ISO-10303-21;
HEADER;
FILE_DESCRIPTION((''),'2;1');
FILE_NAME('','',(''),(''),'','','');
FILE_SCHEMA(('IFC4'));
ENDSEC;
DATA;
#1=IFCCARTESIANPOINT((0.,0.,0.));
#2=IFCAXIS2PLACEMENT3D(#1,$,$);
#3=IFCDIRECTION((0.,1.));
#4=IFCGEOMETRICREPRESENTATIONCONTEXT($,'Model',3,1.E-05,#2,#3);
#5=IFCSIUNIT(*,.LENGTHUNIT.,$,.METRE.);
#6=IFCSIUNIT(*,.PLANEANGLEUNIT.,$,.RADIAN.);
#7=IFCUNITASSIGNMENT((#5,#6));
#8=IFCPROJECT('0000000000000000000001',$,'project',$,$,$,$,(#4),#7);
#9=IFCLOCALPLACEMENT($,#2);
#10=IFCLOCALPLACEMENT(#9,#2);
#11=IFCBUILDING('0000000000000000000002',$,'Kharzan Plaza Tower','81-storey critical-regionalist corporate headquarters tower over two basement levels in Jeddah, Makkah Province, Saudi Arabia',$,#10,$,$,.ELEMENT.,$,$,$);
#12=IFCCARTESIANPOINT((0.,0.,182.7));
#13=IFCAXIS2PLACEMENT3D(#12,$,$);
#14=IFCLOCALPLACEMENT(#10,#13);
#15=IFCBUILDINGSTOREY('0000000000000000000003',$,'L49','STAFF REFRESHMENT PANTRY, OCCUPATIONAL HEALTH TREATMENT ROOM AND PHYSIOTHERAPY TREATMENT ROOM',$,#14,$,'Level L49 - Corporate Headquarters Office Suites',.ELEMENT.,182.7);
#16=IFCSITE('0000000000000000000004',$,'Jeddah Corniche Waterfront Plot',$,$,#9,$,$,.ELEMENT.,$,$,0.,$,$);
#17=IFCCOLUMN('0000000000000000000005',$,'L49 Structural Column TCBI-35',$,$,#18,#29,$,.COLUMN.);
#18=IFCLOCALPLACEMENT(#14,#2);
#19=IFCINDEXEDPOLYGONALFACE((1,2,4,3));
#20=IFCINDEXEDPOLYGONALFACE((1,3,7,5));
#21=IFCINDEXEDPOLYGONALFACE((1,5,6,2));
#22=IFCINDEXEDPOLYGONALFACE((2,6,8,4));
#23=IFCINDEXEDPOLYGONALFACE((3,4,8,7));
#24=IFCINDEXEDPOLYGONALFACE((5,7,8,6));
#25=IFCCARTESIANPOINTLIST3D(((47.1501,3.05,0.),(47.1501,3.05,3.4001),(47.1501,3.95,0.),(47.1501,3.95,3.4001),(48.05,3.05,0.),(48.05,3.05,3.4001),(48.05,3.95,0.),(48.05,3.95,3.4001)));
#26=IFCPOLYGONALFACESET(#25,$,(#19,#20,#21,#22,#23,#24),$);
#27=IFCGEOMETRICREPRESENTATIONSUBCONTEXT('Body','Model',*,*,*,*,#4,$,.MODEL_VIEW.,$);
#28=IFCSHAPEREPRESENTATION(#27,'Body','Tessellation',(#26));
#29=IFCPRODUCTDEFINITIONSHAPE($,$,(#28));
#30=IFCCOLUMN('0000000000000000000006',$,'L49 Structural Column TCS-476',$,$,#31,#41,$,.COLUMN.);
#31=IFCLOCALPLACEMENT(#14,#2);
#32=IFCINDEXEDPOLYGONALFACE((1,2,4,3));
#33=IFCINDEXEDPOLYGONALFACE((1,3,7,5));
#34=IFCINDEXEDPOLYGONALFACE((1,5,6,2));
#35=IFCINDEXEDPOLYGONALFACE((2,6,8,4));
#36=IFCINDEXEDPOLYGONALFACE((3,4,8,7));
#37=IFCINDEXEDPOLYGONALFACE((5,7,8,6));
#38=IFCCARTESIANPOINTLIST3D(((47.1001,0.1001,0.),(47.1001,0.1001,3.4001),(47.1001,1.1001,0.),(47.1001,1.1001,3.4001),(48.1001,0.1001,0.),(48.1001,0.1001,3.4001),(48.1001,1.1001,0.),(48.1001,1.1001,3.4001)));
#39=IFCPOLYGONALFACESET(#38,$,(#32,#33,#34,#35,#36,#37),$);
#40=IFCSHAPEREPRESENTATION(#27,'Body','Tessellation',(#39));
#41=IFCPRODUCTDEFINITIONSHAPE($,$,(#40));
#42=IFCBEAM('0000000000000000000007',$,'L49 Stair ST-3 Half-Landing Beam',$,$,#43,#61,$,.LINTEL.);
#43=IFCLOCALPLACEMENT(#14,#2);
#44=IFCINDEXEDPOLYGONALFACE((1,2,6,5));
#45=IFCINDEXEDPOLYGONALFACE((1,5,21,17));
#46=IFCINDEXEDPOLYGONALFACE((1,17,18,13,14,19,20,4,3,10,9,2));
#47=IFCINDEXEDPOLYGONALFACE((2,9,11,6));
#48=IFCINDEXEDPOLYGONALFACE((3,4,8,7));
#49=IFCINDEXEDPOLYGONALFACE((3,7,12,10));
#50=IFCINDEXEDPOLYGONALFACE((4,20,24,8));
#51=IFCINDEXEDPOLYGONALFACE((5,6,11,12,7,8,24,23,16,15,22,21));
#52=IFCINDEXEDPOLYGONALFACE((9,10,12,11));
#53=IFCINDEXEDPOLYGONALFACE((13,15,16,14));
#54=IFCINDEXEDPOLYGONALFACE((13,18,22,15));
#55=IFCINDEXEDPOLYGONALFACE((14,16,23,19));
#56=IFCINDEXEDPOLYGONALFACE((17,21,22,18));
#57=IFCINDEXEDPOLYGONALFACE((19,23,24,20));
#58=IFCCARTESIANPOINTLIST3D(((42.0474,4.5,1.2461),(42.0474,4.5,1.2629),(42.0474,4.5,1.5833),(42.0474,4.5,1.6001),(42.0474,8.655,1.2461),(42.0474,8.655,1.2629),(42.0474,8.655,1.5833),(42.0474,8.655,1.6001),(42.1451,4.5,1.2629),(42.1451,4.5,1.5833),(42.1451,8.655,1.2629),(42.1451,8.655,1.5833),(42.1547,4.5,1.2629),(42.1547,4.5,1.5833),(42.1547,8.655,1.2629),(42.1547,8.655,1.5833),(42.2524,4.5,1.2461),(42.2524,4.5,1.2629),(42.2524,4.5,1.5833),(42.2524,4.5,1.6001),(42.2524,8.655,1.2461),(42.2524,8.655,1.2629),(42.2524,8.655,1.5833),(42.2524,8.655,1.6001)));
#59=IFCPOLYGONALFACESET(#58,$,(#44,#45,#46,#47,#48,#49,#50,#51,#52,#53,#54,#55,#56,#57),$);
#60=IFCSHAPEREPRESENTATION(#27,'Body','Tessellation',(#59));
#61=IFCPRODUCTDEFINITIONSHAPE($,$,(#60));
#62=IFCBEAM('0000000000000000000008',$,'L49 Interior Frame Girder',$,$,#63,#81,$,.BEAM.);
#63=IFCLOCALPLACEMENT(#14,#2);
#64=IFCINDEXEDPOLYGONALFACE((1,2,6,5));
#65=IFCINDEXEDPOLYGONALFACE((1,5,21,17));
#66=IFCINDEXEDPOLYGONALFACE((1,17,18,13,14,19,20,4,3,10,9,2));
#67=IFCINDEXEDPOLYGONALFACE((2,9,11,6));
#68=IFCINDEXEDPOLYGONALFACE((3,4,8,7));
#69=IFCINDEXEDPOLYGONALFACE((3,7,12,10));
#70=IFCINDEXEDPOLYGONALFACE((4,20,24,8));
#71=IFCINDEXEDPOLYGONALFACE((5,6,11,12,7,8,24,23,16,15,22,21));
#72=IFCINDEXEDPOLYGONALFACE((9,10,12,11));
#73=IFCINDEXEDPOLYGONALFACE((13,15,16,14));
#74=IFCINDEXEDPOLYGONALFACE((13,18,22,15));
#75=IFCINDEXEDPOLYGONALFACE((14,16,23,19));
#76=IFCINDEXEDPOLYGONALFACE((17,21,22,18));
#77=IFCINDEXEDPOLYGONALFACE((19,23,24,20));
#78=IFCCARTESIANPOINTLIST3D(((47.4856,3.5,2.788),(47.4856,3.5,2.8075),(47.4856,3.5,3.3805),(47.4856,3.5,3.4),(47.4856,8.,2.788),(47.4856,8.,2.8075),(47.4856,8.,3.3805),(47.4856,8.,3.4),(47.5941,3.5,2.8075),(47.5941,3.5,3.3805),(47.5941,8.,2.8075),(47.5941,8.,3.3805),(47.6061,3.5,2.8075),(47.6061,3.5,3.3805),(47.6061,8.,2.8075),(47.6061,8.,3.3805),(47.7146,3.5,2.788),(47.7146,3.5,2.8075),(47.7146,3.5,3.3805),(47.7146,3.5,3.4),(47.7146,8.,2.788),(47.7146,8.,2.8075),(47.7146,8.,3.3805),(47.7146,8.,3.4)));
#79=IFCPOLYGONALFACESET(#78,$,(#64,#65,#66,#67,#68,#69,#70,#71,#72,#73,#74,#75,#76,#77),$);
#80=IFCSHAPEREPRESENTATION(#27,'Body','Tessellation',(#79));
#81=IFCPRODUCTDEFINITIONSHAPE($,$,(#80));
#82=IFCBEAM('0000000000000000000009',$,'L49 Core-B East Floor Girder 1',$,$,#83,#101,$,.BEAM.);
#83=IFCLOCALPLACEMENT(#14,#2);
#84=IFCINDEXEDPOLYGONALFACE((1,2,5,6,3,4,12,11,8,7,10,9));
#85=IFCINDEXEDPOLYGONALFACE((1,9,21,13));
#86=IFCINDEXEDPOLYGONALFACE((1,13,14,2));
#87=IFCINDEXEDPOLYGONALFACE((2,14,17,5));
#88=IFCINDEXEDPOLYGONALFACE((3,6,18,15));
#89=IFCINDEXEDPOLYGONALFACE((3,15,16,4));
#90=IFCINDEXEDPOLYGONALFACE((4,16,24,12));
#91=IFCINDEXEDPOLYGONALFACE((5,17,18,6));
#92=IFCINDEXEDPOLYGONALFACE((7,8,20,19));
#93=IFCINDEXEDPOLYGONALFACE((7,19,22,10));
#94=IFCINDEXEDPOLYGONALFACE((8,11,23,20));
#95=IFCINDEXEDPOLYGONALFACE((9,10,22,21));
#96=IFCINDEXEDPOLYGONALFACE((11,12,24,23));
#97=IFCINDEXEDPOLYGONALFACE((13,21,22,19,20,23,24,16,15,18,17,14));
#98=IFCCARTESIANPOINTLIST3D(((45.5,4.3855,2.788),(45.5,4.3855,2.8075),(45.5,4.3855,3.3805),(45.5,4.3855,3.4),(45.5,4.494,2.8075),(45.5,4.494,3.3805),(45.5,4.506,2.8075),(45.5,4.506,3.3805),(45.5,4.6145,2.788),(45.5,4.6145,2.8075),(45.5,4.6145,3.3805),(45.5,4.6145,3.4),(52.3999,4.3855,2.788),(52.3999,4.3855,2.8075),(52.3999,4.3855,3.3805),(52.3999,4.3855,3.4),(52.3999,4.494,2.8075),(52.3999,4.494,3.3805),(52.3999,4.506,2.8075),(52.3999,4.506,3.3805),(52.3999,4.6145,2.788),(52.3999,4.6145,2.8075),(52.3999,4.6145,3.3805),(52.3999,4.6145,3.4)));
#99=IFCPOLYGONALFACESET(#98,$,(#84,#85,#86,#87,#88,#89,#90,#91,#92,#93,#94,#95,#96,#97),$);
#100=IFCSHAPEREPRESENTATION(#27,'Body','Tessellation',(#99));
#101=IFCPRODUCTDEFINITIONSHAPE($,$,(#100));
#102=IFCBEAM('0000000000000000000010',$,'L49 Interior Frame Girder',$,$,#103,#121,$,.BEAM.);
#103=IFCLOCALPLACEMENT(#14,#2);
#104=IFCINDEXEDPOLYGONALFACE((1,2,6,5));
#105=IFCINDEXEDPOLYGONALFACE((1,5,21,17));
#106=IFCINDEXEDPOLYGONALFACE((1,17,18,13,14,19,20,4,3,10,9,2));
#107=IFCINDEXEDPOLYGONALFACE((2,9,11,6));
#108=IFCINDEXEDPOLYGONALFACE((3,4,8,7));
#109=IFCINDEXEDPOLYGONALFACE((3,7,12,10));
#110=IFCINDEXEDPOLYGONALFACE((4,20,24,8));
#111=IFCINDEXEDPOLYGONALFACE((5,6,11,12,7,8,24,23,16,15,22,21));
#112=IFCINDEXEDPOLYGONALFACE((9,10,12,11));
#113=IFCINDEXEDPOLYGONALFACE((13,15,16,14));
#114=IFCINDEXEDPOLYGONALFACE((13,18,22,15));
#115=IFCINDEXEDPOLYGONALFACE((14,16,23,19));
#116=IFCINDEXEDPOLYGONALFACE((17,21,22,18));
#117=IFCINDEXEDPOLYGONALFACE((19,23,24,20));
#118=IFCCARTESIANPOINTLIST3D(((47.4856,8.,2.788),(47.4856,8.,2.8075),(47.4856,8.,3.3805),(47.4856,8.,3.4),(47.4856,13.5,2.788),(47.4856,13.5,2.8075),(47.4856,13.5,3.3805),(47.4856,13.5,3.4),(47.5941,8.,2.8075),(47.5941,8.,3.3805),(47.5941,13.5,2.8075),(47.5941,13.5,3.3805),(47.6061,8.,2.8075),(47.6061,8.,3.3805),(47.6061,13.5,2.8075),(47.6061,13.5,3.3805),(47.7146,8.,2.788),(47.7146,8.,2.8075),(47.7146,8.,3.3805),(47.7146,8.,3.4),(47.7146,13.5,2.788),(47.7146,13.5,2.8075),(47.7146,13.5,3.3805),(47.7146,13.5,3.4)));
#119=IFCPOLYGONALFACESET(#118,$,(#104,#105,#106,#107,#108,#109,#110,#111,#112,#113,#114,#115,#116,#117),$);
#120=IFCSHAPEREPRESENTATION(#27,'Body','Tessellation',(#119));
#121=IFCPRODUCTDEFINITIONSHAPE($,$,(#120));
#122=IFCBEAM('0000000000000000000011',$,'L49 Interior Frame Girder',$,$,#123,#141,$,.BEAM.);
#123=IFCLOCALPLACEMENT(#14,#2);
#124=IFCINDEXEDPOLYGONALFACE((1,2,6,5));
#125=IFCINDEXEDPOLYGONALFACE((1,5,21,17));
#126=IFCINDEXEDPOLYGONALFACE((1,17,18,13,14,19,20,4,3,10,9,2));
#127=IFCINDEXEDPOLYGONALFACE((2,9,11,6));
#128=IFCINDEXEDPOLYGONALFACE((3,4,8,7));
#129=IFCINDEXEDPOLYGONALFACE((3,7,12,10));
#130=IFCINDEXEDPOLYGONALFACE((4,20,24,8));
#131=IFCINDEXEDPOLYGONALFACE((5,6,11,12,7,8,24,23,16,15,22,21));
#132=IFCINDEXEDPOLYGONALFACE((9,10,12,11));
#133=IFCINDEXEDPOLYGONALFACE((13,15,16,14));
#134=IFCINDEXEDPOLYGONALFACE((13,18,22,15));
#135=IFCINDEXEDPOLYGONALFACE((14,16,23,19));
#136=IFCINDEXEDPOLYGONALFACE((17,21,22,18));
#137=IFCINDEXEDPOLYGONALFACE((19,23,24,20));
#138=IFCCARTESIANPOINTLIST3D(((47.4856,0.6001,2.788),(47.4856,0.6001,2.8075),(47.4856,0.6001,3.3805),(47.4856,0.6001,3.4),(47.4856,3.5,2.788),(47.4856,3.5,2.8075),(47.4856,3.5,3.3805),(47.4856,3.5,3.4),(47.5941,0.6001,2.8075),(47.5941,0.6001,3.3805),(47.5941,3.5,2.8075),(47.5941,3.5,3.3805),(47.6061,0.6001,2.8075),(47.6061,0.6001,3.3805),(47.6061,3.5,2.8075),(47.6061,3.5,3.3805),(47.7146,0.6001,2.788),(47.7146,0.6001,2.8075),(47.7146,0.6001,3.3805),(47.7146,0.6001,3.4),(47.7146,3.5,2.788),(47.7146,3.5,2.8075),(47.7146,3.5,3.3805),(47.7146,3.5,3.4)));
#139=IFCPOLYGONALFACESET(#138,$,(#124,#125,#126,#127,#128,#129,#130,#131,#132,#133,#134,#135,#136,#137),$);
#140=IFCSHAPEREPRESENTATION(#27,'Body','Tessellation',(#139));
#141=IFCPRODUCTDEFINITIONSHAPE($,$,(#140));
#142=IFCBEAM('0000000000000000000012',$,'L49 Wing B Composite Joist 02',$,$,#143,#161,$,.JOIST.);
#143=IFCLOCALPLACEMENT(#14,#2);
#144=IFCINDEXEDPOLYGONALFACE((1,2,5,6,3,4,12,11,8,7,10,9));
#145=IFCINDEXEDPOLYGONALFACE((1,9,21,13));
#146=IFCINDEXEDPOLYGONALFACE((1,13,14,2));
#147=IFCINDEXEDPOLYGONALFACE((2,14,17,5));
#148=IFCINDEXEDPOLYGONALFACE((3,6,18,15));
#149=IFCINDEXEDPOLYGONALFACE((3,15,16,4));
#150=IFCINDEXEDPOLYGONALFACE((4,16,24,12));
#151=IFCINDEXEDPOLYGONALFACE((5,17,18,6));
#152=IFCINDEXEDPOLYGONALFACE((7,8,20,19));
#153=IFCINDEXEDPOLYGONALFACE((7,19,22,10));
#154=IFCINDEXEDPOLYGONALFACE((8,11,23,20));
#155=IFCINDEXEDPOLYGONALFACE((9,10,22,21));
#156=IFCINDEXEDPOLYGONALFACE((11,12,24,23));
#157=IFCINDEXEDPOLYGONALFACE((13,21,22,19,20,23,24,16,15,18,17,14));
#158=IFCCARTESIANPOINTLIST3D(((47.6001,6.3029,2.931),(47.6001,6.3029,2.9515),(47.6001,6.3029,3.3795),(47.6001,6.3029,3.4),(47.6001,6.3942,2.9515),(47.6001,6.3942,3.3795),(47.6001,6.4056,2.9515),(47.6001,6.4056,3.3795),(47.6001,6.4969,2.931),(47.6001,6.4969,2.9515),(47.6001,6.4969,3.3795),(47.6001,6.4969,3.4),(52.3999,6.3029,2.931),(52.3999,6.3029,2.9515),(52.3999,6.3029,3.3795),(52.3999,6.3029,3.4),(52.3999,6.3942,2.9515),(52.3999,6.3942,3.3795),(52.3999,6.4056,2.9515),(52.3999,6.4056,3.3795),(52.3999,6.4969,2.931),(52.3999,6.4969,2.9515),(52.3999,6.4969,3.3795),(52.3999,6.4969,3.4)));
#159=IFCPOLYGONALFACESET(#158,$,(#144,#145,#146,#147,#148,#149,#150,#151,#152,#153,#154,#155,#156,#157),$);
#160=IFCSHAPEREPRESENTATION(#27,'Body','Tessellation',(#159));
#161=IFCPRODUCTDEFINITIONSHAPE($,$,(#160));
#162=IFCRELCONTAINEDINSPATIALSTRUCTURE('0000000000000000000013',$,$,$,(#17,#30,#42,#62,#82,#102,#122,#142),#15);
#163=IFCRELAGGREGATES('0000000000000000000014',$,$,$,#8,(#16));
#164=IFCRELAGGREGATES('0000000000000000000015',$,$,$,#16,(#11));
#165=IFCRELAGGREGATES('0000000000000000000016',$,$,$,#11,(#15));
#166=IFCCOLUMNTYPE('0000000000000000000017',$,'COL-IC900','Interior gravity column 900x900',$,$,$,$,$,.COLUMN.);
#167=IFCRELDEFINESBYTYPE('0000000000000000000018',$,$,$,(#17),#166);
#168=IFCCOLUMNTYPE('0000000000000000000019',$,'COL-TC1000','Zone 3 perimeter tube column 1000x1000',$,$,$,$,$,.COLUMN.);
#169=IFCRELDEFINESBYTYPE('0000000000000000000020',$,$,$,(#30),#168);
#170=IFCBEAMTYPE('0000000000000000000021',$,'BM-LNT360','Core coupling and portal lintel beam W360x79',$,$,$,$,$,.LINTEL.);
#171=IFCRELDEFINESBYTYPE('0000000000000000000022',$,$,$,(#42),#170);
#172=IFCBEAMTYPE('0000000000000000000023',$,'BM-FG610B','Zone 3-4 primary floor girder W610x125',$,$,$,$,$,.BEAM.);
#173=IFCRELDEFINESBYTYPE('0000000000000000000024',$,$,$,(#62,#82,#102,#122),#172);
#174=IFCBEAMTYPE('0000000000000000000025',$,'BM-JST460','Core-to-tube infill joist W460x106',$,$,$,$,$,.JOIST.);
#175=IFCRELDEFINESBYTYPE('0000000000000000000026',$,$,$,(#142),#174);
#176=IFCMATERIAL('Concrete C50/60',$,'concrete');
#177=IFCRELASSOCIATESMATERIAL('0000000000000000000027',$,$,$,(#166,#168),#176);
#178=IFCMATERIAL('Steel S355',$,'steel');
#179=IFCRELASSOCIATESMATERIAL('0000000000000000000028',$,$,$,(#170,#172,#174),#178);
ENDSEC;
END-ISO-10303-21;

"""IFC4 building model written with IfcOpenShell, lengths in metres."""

from ifc_helpers import new_model, si_unit, direction, frame, origin, origin_2d, place, context, subcontext, project, spatial, rectangle, i_section, extrude, source, transform, mapped, material, material_profile, profile_set, type_object, element, save


model = new_model("IFC4")

# Units and contexts
model_context = context("Model", 3, precision=1e-05, world=origin(), true_north=direction((0.0, 1.0)))
body_context = subcontext(model_context, "Body", "Model", "MODEL_VIEW")
ifc_project = project(units=[si_unit("LENGTHUNIT", "METRE"), si_unit("PLANEANGLEUNIT", "RADIAN")], contexts=[model_context])

# Site, building, storey
site_placement = place(None, origin())
site = spatial("IfcSite", under=ifc_project, at=site_placement, Name="Jeddah Corniche Waterfront Plot", CompositionType="ELEMENT", RefElevation=0.0)
building_placement = place(site_placement, origin())
building = spatial("IfcBuilding", under=site, at=building_placement, Name="Kharzan Plaza Tower", Description="81-storey critical-regionalist corporate headquarters tower over two basement levels in Jeddah, Makkah Province, Saudi Arabia", CompositionType="ELEMENT")
storey_placement = place(building_placement, frame((0.0, 0.0, 182.7)))
storey = spatial("IfcBuildingStorey", under=building, at=storey_placement, Name="L49", Description="STAFF REFRESHMENT PANTRY, OCCUPATIONAL HEALTH TREATMENT ROOM AND PHYSIOTHERAPY TREATMENT ROOM", LongName="Level L49 - Corporate Headquarters Office Suites", CompositionType="ELEMENT", Elevation=182.7)

# Columns
ifc_material_1 = material(Name="Concrete C50/60", Category="concrete")
ifc_material_profile_1 = material_profile(ifc_material_1, rectangle(XDim=0.8999, YDim=0.8999, at=origin_2d()), Name="RC-IC900x900")
ifc_profile_set_1 = profile_set([ifc_material_profile_1], Name="Concrete C50/60")
column_type_1 = type_object("IfcColumnType", Name="COL-IC900", Description="Interior gravity column 900x900", PredefinedType="COLUMN", material=ifc_profile_set_1)
shared_shape_1 = source(origin(), body_context, "Body", "SweptSolid", [
    extrude(rectangle(XDim=0.8999, YDim=0.8999, at=origin_2d()), origin(), (0.0, 0.0, 1.0), 3.4001),
])
column_1_placement = place(storey_placement, frame((47.6001, 3.5, 0.0), z_axis=(0.0, 0.0, 1.0), x_axis=(1.0, 0.0, 0.0)))
element("IfcColumn", 1, at=column_1_placement, inside=storey, type_object=column_type_1, Name="L49 Structural Column TCBI-35", PredefinedType="COLUMN", context=body_context, shape_type="MappedRepresentation", body=[
    mapped(shared_shape_1, transform((0.0, 0.0, 0.0), x_axis=(1.0, 0.0, 0.0), y_axis=(0.0, 1.0, 0.0), z_axis=(0.0, 0.0, 1.0))),
])
ifc_material_profile_2 = material_profile(ifc_material_1, rectangle(XDim=1.0, YDim=1.0, at=origin_2d()), Name="RC-TC1000x1000")
ifc_profile_set_2 = profile_set([ifc_material_profile_2], Name="Concrete C50/60")
column_type_2 = type_object("IfcColumnType", Name="COL-TC1000", Description="Zone 3 perimeter tube column 1000x1000", PredefinedType="COLUMN", material=ifc_profile_set_2)
shared_shape_2 = source(origin(), body_context, "Body", "SweptSolid", [
    extrude(rectangle(XDim=1.0, YDim=1.0, at=origin_2d()), origin(), (0.0, 0.0, 1.0), 3.4001),
])
column_2_placement = place(storey_placement, frame((47.6001, 0.6001, 0.0), z_axis=(0.0, 0.0, 1.0), x_axis=(1.0, 0.0, 0.0)))
element("IfcColumn", 2, at=column_2_placement, inside=storey, type_object=column_type_2, Name="L49 Structural Column TCS-476", PredefinedType="COLUMN", context=body_context, shape_type="MappedRepresentation", body=[
    mapped(shared_shape_2, transform((0.0, 0.0, 0.0), x_axis=(1.0, 0.0, 0.0), y_axis=(0.0, 1.0, 0.0), z_axis=(0.0, 0.0, 1.0))),
])

# Beams
ifc_material_2 = material(Name="Steel S355", Category="steel")
ifc_material_profile_3 = material_profile(ifc_material_2, i_section(OverallWidth=0.2051, OverallDepth=0.354, WebThickness=0.0095, FlangeThickness=0.0168, at=origin_2d()), Name="W360x79")
ifc_profile_set_3 = profile_set([ifc_material_profile_3], Name="Steel S355")
beam_type_1 = type_object("IfcBeamType", Name="BM-LNT360", Description="Core coupling and portal lintel beam W360x79", PredefinedType="LINTEL", material=ifc_profile_set_3)
shared_shape_3 = source(origin(), body_context, "Body", "SweptSolid", [
    extrude(i_section(OverallWidth=0.2051, OverallDepth=0.354, WebThickness=0.0095, FlangeThickness=0.0168, at=origin_2d()), origin(), (0.0, 0.0, 1.0), 4.155),
])
beam_1_placement = place(storey_placement, frame((42.1499, 4.5, 1.4231), z_axis=(0.0, 1.0, 0.0), x_axis=(-1.0, 0.0, 0.0)))
element("IfcBeam", 3, at=beam_1_placement, inside=storey, type_object=beam_type_1, Name="L49 Stair ST-3 Half-Landing Beam", PredefinedType="LINTEL", context=body_context, shape_type="MappedRepresentation", body=[
    mapped(shared_shape_3, transform((0.0, 0.0, 0.0), x_axis=(1.0, 0.0, 0.0), y_axis=(0.0, 1.0, 0.0), z_axis=(0.0, 0.0, 1.0))),
])
ifc_material_profile_4 = material_profile(ifc_material_2, i_section(OverallWidth=0.229, OverallDepth=0.6121, WebThickness=0.012, FlangeThickness=0.0195, at=origin_2d()), Name="W610x125")
ifc_profile_set_4 = profile_set([ifc_material_profile_4], Name="Steel S355")
beam_type_2 = type_object("IfcBeamType", Name="BM-FG610B", Description="Zone 3-4 primary floor girder W610x125", PredefinedType="BEAM", material=ifc_profile_set_4)
shared_shape_4 = source(origin(), body_context, "Body", "SweptSolid", [
    extrude(i_section(OverallWidth=0.229, OverallDepth=0.6121, WebThickness=0.012, FlangeThickness=0.0195, at=origin_2d()), origin(), (0.0, 0.0, 1.0), 4.5),
])
beam_2_placement = place(storey_placement, frame((47.6001, 3.5, 3.094), z_axis=(0.0, 1.0, 0.0), x_axis=(-1.0, 0.0, 0.0)))
element("IfcBeam", 4, at=beam_2_placement, inside=storey, type_object=beam_type_2, Name="L49 Interior Frame Girder", PredefinedType="BEAM", context=body_context, shape_type="MappedRepresentation", body=[
    mapped(shared_shape_4, transform((0.0, 0.0, 0.0), x_axis=(1.0, 0.0, 0.0), y_axis=(0.0, 1.0, 0.0), z_axis=(0.0, 0.0, 1.0))),
])
shared_shape_5 = source(origin(), body_context, "Body", "SweptSolid", [
    extrude(i_section(OverallWidth=0.229, OverallDepth=0.6121, WebThickness=0.012, FlangeThickness=0.0195, at=origin_2d()), origin(), (0.0, 0.0, 1.0), 6.8999),
])
beam_3_placement = place(storey_placement, frame((45.5, 4.5, 3.094), z_axis=(1.0, 0.0, 0.0), x_axis=(0.0, 1.0, 0.0)))
element("IfcBeam", 5, at=beam_3_placement, inside=storey, type_object=beam_type_2, Name="L49 Core-B East Floor Girder 1", PredefinedType="BEAM", context=body_context, shape_type="MappedRepresentation", body=[
    mapped(shared_shape_5, transform((0.0, 0.0, 0.0), x_axis=(1.0, 0.0, 0.0), y_axis=(0.0, 1.0, 0.0), z_axis=(0.0, 0.0, 1.0))),
])
shared_shape_6 = source(origin(), body_context, "Body", "SweptSolid", [
    extrude(i_section(OverallWidth=0.229, OverallDepth=0.6121, WebThickness=0.012, FlangeThickness=0.0195, at=origin_2d()), origin(), (0.0, 0.0, 1.0), 5.5),
])
beam_4_placement = place(storey_placement, frame((47.6001, 8.0, 3.094), z_axis=(0.0, 1.0, 0.0), x_axis=(-1.0, 0.0, 0.0)))
element("IfcBeam", 6, at=beam_4_placement, inside=storey, type_object=beam_type_2, Name="L49 Interior Frame Girder", PredefinedType="BEAM", context=body_context, shape_type="MappedRepresentation", body=[
    mapped(shared_shape_6, transform((0.0, 0.0, 0.0), x_axis=(1.0, 0.0, 0.0), y_axis=(0.0, 1.0, 0.0), z_axis=(0.0, 0.0, 1.0))),
])
shared_shape_7 = source(origin(), body_context, "Body", "SweptSolid", [
    extrude(i_section(OverallWidth=0.229, OverallDepth=0.6121, WebThickness=0.012, FlangeThickness=0.0195, at=origin_2d()), origin(), (0.0, 0.0, 1.0), 2.8999),
])
beam_5_placement = place(storey_placement, frame((47.6001, 0.6001, 3.094), z_axis=(0.0, 1.0, 0.0), x_axis=(-1.0, 0.0, 0.0)))
element("IfcBeam", 7, at=beam_5_placement, inside=storey, type_object=beam_type_2, Name="L49 Interior Frame Girder", PredefinedType="BEAM", context=body_context, shape_type="MappedRepresentation", body=[
    mapped(shared_shape_7, transform((0.0, 0.0, 0.0), x_axis=(1.0, 0.0, 0.0), y_axis=(0.0, 1.0, 0.0), z_axis=(0.0, 0.0, 1.0))),
])
ifc_material_profile_5 = material_profile(ifc_material_2, i_section(OverallWidth=0.1941, OverallDepth=0.469, WebThickness=0.0115, FlangeThickness=0.0205, at=origin_2d()), Name="W460x106")
ifc_profile_set_5 = profile_set([ifc_material_profile_5], Name="Steel S355")
beam_type_3 = type_object("IfcBeamType", Name="BM-JST460", Description="Core-to-tube infill joist W460x106", PredefinedType="JOIST", material=ifc_profile_set_5)
shared_shape_8 = source(origin(), body_context, "Body", "SweptSolid", [
    extrude(i_section(OverallWidth=0.1941, OverallDepth=0.469, WebThickness=0.0115, FlangeThickness=0.0205, at=origin_2d()), origin(), (0.0, 0.0, 1.0), 4.7998),
])
beam_6_placement = place(storey_placement, frame((47.6001, 6.3999, 3.1655), z_axis=(1.0, 0.0, 0.0), x_axis=(0.0, 1.0, 0.0)))
element("IfcBeam", 8, at=beam_6_placement, inside=storey, type_object=beam_type_3, Name="L49 Wing B Composite Joist 02", PredefinedType="JOIST", context=body_context, shape_type="MappedRepresentation", body=[
    mapped(shared_shape_8, transform((0.0, 0.0, 0.0), x_axis=(1.0, 0.0, 0.0), y_axis=(0.0, 1.0, 0.0), z_axis=(0.0, 0.0, 1.0))),
])

save(model, "model.ifc")
